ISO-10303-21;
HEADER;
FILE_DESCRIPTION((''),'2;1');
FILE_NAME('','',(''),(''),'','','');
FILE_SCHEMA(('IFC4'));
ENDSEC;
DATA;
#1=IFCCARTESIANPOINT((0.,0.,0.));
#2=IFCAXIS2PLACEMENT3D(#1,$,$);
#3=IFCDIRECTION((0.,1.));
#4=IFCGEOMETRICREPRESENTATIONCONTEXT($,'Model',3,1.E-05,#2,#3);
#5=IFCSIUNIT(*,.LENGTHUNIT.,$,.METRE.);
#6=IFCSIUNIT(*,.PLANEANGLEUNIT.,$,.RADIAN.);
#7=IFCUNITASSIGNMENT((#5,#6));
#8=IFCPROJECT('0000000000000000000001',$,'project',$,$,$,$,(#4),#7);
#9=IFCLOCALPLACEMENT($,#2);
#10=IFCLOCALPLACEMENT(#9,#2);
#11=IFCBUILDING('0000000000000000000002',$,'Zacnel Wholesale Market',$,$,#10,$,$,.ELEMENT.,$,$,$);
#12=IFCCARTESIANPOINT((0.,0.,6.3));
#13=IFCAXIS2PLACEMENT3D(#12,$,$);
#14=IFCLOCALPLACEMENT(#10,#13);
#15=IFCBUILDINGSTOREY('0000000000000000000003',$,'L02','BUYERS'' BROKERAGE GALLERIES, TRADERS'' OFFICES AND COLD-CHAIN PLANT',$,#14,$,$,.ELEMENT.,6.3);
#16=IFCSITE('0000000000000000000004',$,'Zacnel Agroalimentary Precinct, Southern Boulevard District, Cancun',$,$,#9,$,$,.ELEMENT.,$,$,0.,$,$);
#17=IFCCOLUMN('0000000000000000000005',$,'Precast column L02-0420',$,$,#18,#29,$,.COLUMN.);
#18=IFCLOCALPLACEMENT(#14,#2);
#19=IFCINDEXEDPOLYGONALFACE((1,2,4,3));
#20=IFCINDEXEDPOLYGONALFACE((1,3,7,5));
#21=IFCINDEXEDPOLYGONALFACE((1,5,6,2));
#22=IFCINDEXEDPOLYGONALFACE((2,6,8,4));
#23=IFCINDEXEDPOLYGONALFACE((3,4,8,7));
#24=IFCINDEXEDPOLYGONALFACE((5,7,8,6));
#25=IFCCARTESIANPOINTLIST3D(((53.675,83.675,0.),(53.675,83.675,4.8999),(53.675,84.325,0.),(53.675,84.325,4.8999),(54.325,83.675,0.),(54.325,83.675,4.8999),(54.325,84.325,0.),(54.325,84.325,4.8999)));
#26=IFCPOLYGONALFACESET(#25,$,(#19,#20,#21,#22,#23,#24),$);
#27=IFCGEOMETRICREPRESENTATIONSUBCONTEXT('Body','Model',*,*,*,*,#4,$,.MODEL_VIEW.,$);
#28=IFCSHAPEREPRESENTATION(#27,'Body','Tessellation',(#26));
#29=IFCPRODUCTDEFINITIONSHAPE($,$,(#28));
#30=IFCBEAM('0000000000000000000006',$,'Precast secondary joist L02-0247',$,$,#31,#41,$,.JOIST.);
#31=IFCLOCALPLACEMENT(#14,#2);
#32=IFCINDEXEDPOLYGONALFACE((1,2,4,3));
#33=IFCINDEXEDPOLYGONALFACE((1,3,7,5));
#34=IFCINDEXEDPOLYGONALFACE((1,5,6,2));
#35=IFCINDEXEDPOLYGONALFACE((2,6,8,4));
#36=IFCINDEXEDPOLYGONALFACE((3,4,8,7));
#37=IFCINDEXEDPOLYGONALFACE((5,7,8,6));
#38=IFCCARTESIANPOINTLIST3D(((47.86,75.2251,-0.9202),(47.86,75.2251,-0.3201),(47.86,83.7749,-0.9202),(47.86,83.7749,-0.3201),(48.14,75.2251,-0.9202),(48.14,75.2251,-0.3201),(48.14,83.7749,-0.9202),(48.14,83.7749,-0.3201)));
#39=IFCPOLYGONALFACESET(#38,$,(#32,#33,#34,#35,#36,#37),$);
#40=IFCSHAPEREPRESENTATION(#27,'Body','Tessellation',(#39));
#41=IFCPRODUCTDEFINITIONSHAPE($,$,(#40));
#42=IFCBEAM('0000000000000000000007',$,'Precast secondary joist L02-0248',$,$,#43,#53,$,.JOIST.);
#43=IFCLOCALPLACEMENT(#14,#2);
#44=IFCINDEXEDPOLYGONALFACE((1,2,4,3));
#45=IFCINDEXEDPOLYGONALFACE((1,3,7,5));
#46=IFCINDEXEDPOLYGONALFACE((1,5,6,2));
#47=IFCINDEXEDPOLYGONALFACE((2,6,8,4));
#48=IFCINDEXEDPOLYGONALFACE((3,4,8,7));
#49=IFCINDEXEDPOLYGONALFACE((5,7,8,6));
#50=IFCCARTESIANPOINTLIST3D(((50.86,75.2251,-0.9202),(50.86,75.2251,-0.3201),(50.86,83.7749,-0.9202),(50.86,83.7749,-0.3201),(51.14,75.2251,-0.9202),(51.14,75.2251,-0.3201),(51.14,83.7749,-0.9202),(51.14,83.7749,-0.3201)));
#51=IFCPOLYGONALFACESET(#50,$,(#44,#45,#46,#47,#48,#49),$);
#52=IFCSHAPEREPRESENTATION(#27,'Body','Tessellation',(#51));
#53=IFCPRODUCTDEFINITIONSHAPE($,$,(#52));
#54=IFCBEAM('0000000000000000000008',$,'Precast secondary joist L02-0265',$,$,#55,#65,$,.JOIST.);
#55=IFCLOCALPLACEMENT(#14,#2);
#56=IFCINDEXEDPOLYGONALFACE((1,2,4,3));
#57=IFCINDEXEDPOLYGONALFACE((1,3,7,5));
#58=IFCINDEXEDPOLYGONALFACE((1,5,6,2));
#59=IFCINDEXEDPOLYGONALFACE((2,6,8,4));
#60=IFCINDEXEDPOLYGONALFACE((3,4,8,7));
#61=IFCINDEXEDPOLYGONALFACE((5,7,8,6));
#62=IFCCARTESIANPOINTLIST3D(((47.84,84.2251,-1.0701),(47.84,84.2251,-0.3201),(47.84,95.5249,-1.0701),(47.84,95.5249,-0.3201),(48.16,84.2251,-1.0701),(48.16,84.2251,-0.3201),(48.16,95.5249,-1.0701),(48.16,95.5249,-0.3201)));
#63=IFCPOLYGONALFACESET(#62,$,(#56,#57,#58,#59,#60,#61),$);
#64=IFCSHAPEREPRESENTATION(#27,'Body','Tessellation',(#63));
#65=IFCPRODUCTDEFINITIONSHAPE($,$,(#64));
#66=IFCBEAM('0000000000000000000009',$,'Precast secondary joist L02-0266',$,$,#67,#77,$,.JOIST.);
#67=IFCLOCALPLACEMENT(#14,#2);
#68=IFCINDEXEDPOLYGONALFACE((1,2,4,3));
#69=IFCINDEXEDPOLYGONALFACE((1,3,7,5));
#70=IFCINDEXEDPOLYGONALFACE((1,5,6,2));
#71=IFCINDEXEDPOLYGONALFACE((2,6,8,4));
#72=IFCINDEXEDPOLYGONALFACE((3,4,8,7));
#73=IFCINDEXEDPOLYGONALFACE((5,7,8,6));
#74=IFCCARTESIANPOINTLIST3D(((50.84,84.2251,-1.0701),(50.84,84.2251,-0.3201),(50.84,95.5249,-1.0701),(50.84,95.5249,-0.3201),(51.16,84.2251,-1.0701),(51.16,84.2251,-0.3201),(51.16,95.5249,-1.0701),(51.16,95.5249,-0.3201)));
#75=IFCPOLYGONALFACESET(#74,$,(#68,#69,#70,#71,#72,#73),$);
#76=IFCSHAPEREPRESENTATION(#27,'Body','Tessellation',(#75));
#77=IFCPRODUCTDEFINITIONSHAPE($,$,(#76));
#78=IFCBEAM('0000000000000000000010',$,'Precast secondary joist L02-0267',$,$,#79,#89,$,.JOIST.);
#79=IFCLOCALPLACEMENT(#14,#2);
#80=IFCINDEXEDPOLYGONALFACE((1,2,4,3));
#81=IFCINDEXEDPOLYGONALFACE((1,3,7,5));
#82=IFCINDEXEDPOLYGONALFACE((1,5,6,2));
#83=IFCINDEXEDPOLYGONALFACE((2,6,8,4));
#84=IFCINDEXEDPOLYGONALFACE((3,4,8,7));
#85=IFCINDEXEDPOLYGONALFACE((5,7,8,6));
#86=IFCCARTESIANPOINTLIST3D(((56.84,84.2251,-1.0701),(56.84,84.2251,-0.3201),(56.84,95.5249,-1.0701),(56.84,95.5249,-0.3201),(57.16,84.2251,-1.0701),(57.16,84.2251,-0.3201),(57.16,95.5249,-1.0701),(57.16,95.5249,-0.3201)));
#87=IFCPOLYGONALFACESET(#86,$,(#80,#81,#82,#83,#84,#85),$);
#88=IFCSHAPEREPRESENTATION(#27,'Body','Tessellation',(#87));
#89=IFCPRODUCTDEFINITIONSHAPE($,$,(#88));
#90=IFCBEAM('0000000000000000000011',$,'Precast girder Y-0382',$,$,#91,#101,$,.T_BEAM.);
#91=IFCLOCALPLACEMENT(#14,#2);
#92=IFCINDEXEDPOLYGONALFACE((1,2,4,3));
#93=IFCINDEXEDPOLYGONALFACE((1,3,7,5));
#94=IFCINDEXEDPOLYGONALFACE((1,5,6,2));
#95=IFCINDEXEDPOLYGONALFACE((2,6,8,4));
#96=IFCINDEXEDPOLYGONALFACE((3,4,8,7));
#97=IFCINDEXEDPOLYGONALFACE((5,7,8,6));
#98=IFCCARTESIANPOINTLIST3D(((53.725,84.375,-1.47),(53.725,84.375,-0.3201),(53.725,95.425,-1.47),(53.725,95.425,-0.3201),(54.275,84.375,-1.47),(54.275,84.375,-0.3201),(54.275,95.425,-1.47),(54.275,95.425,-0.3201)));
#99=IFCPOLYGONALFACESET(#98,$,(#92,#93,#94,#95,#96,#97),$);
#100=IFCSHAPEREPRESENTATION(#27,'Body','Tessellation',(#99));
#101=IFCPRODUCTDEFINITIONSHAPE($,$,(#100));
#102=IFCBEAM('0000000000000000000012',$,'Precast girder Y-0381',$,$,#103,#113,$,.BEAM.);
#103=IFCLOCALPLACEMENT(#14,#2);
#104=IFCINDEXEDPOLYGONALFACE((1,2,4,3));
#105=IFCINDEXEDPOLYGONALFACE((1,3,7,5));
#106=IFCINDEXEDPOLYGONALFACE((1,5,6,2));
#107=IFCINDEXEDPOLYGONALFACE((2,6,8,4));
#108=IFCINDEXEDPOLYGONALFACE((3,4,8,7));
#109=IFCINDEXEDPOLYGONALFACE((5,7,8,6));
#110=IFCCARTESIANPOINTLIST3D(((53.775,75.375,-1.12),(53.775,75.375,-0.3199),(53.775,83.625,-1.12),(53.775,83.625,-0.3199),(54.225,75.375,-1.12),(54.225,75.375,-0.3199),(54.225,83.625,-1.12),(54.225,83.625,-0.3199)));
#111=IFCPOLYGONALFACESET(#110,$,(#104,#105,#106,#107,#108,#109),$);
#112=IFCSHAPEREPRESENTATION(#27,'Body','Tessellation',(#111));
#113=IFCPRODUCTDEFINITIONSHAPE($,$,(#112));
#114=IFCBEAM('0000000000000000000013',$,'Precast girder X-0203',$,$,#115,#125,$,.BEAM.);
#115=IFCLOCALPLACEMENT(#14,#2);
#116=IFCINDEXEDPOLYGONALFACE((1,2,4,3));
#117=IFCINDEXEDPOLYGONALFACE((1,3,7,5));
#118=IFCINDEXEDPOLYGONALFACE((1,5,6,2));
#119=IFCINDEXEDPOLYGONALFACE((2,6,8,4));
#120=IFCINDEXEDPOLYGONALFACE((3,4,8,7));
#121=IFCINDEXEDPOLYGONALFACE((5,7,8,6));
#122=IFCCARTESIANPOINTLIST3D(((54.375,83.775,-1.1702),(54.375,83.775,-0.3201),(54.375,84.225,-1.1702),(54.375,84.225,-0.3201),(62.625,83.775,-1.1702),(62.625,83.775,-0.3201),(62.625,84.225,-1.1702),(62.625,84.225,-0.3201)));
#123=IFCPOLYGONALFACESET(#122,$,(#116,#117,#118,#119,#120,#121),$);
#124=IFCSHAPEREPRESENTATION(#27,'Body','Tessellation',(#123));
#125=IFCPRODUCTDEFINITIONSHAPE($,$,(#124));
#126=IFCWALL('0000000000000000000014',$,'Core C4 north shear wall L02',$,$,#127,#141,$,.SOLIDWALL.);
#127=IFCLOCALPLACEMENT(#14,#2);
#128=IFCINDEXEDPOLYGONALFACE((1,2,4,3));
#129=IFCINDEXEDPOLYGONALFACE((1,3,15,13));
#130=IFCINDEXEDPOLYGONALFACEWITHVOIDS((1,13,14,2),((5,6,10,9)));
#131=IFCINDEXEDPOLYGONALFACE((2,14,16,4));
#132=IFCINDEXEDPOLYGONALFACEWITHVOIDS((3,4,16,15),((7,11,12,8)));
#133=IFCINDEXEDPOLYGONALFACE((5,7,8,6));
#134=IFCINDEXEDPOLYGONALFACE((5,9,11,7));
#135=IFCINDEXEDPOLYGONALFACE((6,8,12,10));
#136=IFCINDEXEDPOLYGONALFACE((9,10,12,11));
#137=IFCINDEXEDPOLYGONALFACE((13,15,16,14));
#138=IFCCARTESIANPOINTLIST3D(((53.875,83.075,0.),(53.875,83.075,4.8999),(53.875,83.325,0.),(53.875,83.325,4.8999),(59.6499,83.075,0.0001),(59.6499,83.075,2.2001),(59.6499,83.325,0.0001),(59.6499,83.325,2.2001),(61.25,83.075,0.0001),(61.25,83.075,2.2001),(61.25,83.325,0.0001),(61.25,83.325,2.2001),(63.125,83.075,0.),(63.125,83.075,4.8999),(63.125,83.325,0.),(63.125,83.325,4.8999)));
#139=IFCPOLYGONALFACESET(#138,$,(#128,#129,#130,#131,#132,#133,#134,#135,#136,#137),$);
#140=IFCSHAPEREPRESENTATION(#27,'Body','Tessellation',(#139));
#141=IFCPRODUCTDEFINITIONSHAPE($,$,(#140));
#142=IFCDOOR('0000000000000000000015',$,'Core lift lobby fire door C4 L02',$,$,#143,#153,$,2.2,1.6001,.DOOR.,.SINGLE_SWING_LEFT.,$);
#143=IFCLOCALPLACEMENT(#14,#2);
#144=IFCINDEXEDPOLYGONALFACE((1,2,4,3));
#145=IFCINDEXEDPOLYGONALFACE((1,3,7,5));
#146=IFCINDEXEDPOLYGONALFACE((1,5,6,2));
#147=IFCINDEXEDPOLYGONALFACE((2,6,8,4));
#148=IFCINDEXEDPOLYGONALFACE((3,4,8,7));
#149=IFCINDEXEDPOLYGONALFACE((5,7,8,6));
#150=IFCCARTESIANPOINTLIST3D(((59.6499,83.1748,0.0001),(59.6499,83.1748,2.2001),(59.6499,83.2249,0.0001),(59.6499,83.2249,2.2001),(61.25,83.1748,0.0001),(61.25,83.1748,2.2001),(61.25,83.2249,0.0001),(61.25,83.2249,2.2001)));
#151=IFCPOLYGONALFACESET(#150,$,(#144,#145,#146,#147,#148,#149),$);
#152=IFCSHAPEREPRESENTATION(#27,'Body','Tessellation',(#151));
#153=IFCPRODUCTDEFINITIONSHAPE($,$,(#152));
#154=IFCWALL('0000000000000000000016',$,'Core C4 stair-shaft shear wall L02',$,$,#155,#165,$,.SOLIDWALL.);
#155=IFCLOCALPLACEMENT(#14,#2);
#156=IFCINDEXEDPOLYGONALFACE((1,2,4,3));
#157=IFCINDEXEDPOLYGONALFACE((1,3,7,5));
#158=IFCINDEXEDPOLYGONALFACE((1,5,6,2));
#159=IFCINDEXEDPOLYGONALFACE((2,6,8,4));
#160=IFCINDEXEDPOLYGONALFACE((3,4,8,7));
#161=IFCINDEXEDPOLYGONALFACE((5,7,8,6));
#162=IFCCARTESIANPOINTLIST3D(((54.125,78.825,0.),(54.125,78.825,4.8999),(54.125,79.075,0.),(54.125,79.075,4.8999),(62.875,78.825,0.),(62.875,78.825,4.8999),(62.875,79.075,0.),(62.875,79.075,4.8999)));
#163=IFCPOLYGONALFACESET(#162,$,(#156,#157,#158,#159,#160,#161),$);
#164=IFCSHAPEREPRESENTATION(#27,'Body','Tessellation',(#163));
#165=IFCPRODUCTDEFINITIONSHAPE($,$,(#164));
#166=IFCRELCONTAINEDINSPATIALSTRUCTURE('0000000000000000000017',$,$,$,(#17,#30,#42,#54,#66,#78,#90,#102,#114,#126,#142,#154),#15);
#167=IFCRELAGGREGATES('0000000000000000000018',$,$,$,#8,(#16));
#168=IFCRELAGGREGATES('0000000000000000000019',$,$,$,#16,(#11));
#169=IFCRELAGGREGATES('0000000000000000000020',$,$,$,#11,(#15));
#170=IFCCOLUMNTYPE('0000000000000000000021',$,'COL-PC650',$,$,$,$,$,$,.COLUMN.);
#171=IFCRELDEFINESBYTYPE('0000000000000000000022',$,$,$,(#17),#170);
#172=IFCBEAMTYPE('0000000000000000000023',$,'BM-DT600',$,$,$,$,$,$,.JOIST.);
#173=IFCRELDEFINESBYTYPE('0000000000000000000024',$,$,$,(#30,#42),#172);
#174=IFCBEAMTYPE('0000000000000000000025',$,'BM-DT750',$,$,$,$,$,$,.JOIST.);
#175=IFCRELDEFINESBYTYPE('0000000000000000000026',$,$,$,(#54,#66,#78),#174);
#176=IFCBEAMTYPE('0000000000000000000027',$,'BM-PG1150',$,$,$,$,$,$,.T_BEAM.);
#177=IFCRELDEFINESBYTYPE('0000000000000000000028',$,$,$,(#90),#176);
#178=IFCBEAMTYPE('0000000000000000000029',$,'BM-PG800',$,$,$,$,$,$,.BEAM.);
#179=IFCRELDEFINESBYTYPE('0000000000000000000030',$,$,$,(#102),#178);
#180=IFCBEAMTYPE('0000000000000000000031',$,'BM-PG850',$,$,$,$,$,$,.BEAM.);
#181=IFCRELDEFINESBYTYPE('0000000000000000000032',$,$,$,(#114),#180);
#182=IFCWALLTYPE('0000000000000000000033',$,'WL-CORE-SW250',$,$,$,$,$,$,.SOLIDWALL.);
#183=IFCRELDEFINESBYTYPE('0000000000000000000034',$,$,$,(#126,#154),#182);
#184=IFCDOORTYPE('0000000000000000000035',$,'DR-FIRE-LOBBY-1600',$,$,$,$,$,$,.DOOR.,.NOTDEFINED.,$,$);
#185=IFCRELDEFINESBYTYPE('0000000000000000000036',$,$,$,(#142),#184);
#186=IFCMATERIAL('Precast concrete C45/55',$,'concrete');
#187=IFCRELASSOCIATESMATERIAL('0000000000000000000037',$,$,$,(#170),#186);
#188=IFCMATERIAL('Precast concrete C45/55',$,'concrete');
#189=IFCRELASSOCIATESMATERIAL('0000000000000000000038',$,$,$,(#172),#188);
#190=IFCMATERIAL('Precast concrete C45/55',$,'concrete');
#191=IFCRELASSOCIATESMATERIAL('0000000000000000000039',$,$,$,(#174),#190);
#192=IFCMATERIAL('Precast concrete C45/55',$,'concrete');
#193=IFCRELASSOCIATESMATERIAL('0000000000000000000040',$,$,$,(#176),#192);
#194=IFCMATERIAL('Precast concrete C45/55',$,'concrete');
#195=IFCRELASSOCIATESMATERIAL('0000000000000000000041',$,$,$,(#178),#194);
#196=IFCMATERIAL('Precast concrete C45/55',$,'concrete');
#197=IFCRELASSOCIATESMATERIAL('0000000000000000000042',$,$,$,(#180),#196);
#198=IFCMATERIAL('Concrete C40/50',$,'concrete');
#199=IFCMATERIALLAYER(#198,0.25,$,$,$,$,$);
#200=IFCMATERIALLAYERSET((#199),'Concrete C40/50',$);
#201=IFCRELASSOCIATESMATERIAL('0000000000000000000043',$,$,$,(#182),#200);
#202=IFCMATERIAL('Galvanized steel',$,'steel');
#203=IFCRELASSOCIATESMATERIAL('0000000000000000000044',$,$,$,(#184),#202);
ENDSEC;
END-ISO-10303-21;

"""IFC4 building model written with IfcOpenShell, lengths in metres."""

from ifc_helpers import new_model, si_unit, direction, frame, frame_2d, origin, origin_2d, place, context, subcontext, project, spatial, rectangle, extrude, material, layer, layer_set, material_profile, profile_set, type_object, element, fill, save


model = new_model("IFC4")

# Units and contexts
model_context = context("Model", 3, precision=1e-05, world=origin(), true_north=direction((0.0, 1.0)))
body_context = subcontext(model_context, "Body", "Model", "MODEL_VIEW")
ifc_project = project(units=[si_unit("LENGTHUNIT", "METRE"), si_unit("PLANEANGLEUNIT", "RADIAN")], contexts=[model_context])

# Site, building, storey
site_placement = place(None, origin())
site = spatial("IfcSite", under=ifc_project, at=site_placement, Name="Zacnel Agroalimentary Precinct, Southern Boulevard District, Cancun", CompositionType="ELEMENT", RefElevation=0.0)
building_placement = place(site_placement, origin())
building = spatial("IfcBuilding", under=site, at=building_placement, Name="Zacnel Wholesale Market", CompositionType="ELEMENT")
storey_placement = place(building_placement, frame((0.0, 0.0, 6.3)))
storey = spatial("IfcBuildingStorey", under=building, at=storey_placement, Name="L02", Description="BUYERS' BROKERAGE GALLERIES, TRADERS' OFFICES AND COLD-CHAIN PLANT", CompositionType="ELEMENT", Elevation=6.3)

# Column
ifc_material_1 = material(Name="Precast concrete C45/55", Category="concrete")
ifc_material_profile_1 = material_profile(ifc_material_1, rectangle(XDim=0.6499, YDim=0.6499, at=origin_2d()), Name="PC 650x650")
ifc_profile_set_1 = profile_set([ifc_material_profile_1], Name="Precast concrete C45/55")
column_type = type_object("IfcColumnType", Name="COL-PC650", PredefinedType="COLUMN", material=ifc_profile_set_1)
column_placement = place(storey_placement, frame((54.0, 84.0, 0.0), z_axis=(0.0, 0.0, 1.0), x_axis=(1.0, 0.0, 0.0)))
element("IfcColumn", 1, at=column_placement, inside=storey, type_object=column_type, Name="Precast column L02-0420", PredefinedType="COLUMN", context=body_context, shape_type="SweptSolid", body=[
    extrude(rectangle(XDim=0.6499, YDim=0.6499, at=origin_2d()), origin(), (0.0, 0.0, 1.0), 4.8999),
])

# Beams
ifc_material_2 = material(Name="Precast concrete C45/55", Category="concrete")
ifc_material_profile_2 = material_profile(ifc_material_2, rectangle(XDim=0.28, YDim=0.6001, at=origin_2d()), Name="DT RIB 280x600")
ifc_profile_set_2 = profile_set([ifc_material_profile_2], Name="Precast concrete C45/55")
beam_type_1 = type_object("IfcBeamType", Name="BM-DT600", PredefinedType="JOIST", material=ifc_profile_set_2)
for number, where, z_axis, x_axis, name in (
    (2, (48.0, 75.2251, -0.6201), (0.0, 1.0, 0.0), (-1.0, 0.0, 0.0), "Precast secondary joist L02-0247"),
    (3, (51.0, 75.2251, -0.6201), (0.0, 1.0, 0.0), (-1.0, 0.0, 0.0), "Precast secondary joist L02-0248"),
):
    element("IfcBeam", number, at=place(storey_placement, frame(where, z_axis=z_axis, x_axis=x_axis)), inside=storey, type_object=beam_type_1, Name=name, PredefinedType="JOIST", context=body_context, shape_type="SweptSolid", body=[
        extrude(rectangle(XDim=0.28, YDim=0.6001, at=origin_2d()), origin(), (0.0, 0.0, 1.0), 8.5498),
    ])
ifc_material_3 = material(Name="Precast concrete C45/55", Category="concrete")
ifc_material_profile_3 = material_profile(ifc_material_3, rectangle(XDim=0.3201, YDim=0.75, at=origin_2d()), Name="DT RIB 320x750")
ifc_profile_set_3 = profile_set([ifc_material_profile_3], Name="Precast concrete C45/55")
beam_type_2 = type_object("IfcBeamType", Name="BM-DT750", PredefinedType="JOIST", material=ifc_profile_set_3)
for number, where, z_axis, x_axis, name in (
    (4, (48.0, 84.2251, -0.6951), (0.0, 1.0, 0.0), (-1.0, 0.0, 0.0), "Precast secondary joist L02-0265"),
    (5, (51.0, 84.2251, -0.6951), (0.0, 1.0, 0.0), (-1.0, 0.0, 0.0), "Precast secondary joist L02-0266"),
    (6, (57.0, 84.2251, -0.6951), (0.0, 1.0, 0.0), (-1.0, 0.0, 0.0), "Precast secondary joist L02-0267"),
):
    element("IfcBeam", number, at=place(storey_placement, frame(where, z_axis=z_axis, x_axis=x_axis)), inside=storey, type_object=beam_type_2, Name=name, PredefinedType="JOIST", context=body_context, shape_type="SweptSolid", body=[
        extrude(rectangle(XDim=0.3201, YDim=0.75, at=origin_2d()), origin(), (0.0, 0.0, 1.0), 11.2998),
    ])
ifc_material_4 = material(Name="Precast concrete C45/55", Category="concrete")
ifc_material_profile_4 = material_profile(ifc_material_4, rectangle(XDim=0.55, YDim=1.1499, at=origin_2d()), Name="PG 550x1150")
ifc_profile_set_4 = profile_set([ifc_material_profile_4], Name="Precast concrete C45/55")
beam_type_3 = type_object("IfcBeamType", Name="BM-PG1150", PredefinedType="T_BEAM", material=ifc_profile_set_4)
beam_1_placement = place(storey_placement, frame((54.0, 84.375, -0.895), z_axis=(0.0, 1.0, 0.0), x_axis=(-1.0, 0.0, 0.0)))
element("IfcBeam", 7, at=beam_1_placement, inside=storey, type_object=beam_type_3, Name="Precast girder Y-0382", PredefinedType="T_BEAM", context=body_context, shape_type="SweptSolid", body=[
    extrude(rectangle(XDim=0.55, YDim=1.1499, at=origin_2d()), origin(), (0.0, 0.0, 1.0), 11.05),
])
ifc_material_5 = material(Name="Precast concrete C45/55", Category="concrete")
ifc_material_profile_5 = material_profile(ifc_material_5, rectangle(XDim=0.45, YDim=0.8, at=origin_2d()), Name="PG 450x800")
ifc_profile_set_5 = profile_set([ifc_material_profile_5], Name="Precast concrete C45/55")
beam_type_4 = type_object("IfcBeamType", Name="BM-PG800", PredefinedType="BEAM", material=ifc_profile_set_5)
beam_2_placement = place(storey_placement, frame((54.0, 75.375, -0.72), z_axis=(0.0, 1.0, 0.0), x_axis=(-1.0, 0.0, 0.0)))
element("IfcBeam", 8, at=beam_2_placement, inside=storey, type_object=beam_type_4, Name="Precast girder Y-0381", PredefinedType="BEAM", context=body_context, shape_type="SweptSolid", body=[
    extrude(rectangle(XDim=0.45, YDim=0.8, at=origin_2d()), origin(), (0.0, 0.0, 1.0), 8.25),
])
ifc_material_6 = material(Name="Precast concrete C45/55", Category="concrete")
ifc_material_profile_6 = material_profile(ifc_material_6, rectangle(XDim=0.45, YDim=0.8501, at=origin_2d()), Name="PG 450x850")
ifc_profile_set_6 = profile_set([ifc_material_profile_6], Name="Precast concrete C45/55")
beam_type_5 = type_object("IfcBeamType", Name="BM-PG850", PredefinedType="BEAM", material=ifc_profile_set_6)
beam_3_placement = place(storey_placement, frame((54.375, 84.0, -0.7451), z_axis=(1.0, 0.0, 0.0), x_axis=(0.0, 1.0, 0.0)))
element("IfcBeam", 9, at=beam_3_placement, inside=storey, type_object=beam_type_5, Name="Precast girder X-0203", PredefinedType="BEAM", context=body_context, shape_type="SweptSolid", body=[
    extrude(rectangle(XDim=0.45, YDim=0.8501, at=origin_2d()), origin(), (0.0, 0.0, 1.0), 8.25),
])

# Wall, opening, door
ifc_material_7 = material(Name="Concrete C40/50", Category="concrete")
ifc_layer_1 = layer(ifc_material_7, 0.25)
ifc_layer_set_1 = layer_set([ifc_layer_1], Name="Concrete C40/50")
wall_type_1 = type_object("IfcWallType", Name="WL-CORE-SW250", PredefinedType="SOLIDWALL", material=ifc_layer_set_1)
wall_1_placement = place(storey_placement, frame((53.875, 83.2, 0.0), z_axis=(0.0, 0.0, 1.0), x_axis=(1.0, 0.0, 0.0)))
wall_1 = element("IfcWall", 10, at=wall_1_placement, inside=storey, type_object=wall_type_1, Name="Core C4 north shear wall L02", PredefinedType="SOLIDWALL", context=body_context, shape_type="SweptSolid", body=[
    extrude(rectangle(XDim=9.25, YDim=0.25, at=frame_2d((4.625, 0.0))), origin(), (0.0, 0.0, 1.0), 4.8999),
])
opening_1_placement = place(wall_1_placement, frame((5.7749, 0.0, 0.0)))
opening_1 = element("IfcOpeningElement", 11, at=opening_1_placement, cuts=wall_1, PredefinedType="OPENING", context=body_context, shape_type="SweptSolid", body=[
    extrude(rectangle(XDim=1.6001, YDim=2.2, at=frame_2d((0.8, 1.1001))), frame((0.0, 0.135, 0.0), z_axis=(0.0, -1.0, 0.0), x_axis=(1.0, 0.0, 0.0)), (0.0, 0.0, 1.0), 0.27),
])
ifc_material_8 = material(Name="Galvanized steel", Category="steel")
door_type_1 = type_object("IfcDoorType", Name="DR-FIRE-LOBBY-1600", OperationType="NOTDEFINED", PredefinedType="DOOR", material=ifc_material_8)
door_1_placement = place(opening_1_placement, origin())
door_1 = element("IfcDoor", 12, at=door_1_placement, inside=storey, type_object=door_type_1, Name="Core lift lobby fire door C4 L02", OperationType="SINGLE_SWING_LEFT", OverallHeight=2.2, OverallWidth=1.6001, PredefinedType="DOOR", context=body_context, shape_type="SweptSolid", body=[
    extrude(rectangle(XDim=1.6001, YDim=2.2, at=frame_2d((0.8, 1.1001))), frame((0.0, 0.0249, 0.0), z_axis=(0.0, -1.0, 0.0), x_axis=(1.0, 0.0, 0.0)), (0.0, 0.0, 1.0), 0.05),
])
fill(opening_1, door_1)

# Wall
wall_2_placement = place(storey_placement, frame((54.125, 78.95, 0.0), z_axis=(0.0, 0.0, 1.0), x_axis=(1.0, 0.0, 0.0)))
element("IfcWall", 13, at=wall_2_placement, inside=storey, type_object=wall_type_1, Name="Core C4 stair-shaft shear wall L02", PredefinedType="SOLIDWALL", context=body_context, shape_type="SweptSolid", body=[
    extrude(rectangle(XDim=8.75, YDim=0.25, at=frame_2d((4.375, 0.0))), origin(), (0.0, 0.0, 1.0), 4.8999),
])

save(model, "model.ifc")
